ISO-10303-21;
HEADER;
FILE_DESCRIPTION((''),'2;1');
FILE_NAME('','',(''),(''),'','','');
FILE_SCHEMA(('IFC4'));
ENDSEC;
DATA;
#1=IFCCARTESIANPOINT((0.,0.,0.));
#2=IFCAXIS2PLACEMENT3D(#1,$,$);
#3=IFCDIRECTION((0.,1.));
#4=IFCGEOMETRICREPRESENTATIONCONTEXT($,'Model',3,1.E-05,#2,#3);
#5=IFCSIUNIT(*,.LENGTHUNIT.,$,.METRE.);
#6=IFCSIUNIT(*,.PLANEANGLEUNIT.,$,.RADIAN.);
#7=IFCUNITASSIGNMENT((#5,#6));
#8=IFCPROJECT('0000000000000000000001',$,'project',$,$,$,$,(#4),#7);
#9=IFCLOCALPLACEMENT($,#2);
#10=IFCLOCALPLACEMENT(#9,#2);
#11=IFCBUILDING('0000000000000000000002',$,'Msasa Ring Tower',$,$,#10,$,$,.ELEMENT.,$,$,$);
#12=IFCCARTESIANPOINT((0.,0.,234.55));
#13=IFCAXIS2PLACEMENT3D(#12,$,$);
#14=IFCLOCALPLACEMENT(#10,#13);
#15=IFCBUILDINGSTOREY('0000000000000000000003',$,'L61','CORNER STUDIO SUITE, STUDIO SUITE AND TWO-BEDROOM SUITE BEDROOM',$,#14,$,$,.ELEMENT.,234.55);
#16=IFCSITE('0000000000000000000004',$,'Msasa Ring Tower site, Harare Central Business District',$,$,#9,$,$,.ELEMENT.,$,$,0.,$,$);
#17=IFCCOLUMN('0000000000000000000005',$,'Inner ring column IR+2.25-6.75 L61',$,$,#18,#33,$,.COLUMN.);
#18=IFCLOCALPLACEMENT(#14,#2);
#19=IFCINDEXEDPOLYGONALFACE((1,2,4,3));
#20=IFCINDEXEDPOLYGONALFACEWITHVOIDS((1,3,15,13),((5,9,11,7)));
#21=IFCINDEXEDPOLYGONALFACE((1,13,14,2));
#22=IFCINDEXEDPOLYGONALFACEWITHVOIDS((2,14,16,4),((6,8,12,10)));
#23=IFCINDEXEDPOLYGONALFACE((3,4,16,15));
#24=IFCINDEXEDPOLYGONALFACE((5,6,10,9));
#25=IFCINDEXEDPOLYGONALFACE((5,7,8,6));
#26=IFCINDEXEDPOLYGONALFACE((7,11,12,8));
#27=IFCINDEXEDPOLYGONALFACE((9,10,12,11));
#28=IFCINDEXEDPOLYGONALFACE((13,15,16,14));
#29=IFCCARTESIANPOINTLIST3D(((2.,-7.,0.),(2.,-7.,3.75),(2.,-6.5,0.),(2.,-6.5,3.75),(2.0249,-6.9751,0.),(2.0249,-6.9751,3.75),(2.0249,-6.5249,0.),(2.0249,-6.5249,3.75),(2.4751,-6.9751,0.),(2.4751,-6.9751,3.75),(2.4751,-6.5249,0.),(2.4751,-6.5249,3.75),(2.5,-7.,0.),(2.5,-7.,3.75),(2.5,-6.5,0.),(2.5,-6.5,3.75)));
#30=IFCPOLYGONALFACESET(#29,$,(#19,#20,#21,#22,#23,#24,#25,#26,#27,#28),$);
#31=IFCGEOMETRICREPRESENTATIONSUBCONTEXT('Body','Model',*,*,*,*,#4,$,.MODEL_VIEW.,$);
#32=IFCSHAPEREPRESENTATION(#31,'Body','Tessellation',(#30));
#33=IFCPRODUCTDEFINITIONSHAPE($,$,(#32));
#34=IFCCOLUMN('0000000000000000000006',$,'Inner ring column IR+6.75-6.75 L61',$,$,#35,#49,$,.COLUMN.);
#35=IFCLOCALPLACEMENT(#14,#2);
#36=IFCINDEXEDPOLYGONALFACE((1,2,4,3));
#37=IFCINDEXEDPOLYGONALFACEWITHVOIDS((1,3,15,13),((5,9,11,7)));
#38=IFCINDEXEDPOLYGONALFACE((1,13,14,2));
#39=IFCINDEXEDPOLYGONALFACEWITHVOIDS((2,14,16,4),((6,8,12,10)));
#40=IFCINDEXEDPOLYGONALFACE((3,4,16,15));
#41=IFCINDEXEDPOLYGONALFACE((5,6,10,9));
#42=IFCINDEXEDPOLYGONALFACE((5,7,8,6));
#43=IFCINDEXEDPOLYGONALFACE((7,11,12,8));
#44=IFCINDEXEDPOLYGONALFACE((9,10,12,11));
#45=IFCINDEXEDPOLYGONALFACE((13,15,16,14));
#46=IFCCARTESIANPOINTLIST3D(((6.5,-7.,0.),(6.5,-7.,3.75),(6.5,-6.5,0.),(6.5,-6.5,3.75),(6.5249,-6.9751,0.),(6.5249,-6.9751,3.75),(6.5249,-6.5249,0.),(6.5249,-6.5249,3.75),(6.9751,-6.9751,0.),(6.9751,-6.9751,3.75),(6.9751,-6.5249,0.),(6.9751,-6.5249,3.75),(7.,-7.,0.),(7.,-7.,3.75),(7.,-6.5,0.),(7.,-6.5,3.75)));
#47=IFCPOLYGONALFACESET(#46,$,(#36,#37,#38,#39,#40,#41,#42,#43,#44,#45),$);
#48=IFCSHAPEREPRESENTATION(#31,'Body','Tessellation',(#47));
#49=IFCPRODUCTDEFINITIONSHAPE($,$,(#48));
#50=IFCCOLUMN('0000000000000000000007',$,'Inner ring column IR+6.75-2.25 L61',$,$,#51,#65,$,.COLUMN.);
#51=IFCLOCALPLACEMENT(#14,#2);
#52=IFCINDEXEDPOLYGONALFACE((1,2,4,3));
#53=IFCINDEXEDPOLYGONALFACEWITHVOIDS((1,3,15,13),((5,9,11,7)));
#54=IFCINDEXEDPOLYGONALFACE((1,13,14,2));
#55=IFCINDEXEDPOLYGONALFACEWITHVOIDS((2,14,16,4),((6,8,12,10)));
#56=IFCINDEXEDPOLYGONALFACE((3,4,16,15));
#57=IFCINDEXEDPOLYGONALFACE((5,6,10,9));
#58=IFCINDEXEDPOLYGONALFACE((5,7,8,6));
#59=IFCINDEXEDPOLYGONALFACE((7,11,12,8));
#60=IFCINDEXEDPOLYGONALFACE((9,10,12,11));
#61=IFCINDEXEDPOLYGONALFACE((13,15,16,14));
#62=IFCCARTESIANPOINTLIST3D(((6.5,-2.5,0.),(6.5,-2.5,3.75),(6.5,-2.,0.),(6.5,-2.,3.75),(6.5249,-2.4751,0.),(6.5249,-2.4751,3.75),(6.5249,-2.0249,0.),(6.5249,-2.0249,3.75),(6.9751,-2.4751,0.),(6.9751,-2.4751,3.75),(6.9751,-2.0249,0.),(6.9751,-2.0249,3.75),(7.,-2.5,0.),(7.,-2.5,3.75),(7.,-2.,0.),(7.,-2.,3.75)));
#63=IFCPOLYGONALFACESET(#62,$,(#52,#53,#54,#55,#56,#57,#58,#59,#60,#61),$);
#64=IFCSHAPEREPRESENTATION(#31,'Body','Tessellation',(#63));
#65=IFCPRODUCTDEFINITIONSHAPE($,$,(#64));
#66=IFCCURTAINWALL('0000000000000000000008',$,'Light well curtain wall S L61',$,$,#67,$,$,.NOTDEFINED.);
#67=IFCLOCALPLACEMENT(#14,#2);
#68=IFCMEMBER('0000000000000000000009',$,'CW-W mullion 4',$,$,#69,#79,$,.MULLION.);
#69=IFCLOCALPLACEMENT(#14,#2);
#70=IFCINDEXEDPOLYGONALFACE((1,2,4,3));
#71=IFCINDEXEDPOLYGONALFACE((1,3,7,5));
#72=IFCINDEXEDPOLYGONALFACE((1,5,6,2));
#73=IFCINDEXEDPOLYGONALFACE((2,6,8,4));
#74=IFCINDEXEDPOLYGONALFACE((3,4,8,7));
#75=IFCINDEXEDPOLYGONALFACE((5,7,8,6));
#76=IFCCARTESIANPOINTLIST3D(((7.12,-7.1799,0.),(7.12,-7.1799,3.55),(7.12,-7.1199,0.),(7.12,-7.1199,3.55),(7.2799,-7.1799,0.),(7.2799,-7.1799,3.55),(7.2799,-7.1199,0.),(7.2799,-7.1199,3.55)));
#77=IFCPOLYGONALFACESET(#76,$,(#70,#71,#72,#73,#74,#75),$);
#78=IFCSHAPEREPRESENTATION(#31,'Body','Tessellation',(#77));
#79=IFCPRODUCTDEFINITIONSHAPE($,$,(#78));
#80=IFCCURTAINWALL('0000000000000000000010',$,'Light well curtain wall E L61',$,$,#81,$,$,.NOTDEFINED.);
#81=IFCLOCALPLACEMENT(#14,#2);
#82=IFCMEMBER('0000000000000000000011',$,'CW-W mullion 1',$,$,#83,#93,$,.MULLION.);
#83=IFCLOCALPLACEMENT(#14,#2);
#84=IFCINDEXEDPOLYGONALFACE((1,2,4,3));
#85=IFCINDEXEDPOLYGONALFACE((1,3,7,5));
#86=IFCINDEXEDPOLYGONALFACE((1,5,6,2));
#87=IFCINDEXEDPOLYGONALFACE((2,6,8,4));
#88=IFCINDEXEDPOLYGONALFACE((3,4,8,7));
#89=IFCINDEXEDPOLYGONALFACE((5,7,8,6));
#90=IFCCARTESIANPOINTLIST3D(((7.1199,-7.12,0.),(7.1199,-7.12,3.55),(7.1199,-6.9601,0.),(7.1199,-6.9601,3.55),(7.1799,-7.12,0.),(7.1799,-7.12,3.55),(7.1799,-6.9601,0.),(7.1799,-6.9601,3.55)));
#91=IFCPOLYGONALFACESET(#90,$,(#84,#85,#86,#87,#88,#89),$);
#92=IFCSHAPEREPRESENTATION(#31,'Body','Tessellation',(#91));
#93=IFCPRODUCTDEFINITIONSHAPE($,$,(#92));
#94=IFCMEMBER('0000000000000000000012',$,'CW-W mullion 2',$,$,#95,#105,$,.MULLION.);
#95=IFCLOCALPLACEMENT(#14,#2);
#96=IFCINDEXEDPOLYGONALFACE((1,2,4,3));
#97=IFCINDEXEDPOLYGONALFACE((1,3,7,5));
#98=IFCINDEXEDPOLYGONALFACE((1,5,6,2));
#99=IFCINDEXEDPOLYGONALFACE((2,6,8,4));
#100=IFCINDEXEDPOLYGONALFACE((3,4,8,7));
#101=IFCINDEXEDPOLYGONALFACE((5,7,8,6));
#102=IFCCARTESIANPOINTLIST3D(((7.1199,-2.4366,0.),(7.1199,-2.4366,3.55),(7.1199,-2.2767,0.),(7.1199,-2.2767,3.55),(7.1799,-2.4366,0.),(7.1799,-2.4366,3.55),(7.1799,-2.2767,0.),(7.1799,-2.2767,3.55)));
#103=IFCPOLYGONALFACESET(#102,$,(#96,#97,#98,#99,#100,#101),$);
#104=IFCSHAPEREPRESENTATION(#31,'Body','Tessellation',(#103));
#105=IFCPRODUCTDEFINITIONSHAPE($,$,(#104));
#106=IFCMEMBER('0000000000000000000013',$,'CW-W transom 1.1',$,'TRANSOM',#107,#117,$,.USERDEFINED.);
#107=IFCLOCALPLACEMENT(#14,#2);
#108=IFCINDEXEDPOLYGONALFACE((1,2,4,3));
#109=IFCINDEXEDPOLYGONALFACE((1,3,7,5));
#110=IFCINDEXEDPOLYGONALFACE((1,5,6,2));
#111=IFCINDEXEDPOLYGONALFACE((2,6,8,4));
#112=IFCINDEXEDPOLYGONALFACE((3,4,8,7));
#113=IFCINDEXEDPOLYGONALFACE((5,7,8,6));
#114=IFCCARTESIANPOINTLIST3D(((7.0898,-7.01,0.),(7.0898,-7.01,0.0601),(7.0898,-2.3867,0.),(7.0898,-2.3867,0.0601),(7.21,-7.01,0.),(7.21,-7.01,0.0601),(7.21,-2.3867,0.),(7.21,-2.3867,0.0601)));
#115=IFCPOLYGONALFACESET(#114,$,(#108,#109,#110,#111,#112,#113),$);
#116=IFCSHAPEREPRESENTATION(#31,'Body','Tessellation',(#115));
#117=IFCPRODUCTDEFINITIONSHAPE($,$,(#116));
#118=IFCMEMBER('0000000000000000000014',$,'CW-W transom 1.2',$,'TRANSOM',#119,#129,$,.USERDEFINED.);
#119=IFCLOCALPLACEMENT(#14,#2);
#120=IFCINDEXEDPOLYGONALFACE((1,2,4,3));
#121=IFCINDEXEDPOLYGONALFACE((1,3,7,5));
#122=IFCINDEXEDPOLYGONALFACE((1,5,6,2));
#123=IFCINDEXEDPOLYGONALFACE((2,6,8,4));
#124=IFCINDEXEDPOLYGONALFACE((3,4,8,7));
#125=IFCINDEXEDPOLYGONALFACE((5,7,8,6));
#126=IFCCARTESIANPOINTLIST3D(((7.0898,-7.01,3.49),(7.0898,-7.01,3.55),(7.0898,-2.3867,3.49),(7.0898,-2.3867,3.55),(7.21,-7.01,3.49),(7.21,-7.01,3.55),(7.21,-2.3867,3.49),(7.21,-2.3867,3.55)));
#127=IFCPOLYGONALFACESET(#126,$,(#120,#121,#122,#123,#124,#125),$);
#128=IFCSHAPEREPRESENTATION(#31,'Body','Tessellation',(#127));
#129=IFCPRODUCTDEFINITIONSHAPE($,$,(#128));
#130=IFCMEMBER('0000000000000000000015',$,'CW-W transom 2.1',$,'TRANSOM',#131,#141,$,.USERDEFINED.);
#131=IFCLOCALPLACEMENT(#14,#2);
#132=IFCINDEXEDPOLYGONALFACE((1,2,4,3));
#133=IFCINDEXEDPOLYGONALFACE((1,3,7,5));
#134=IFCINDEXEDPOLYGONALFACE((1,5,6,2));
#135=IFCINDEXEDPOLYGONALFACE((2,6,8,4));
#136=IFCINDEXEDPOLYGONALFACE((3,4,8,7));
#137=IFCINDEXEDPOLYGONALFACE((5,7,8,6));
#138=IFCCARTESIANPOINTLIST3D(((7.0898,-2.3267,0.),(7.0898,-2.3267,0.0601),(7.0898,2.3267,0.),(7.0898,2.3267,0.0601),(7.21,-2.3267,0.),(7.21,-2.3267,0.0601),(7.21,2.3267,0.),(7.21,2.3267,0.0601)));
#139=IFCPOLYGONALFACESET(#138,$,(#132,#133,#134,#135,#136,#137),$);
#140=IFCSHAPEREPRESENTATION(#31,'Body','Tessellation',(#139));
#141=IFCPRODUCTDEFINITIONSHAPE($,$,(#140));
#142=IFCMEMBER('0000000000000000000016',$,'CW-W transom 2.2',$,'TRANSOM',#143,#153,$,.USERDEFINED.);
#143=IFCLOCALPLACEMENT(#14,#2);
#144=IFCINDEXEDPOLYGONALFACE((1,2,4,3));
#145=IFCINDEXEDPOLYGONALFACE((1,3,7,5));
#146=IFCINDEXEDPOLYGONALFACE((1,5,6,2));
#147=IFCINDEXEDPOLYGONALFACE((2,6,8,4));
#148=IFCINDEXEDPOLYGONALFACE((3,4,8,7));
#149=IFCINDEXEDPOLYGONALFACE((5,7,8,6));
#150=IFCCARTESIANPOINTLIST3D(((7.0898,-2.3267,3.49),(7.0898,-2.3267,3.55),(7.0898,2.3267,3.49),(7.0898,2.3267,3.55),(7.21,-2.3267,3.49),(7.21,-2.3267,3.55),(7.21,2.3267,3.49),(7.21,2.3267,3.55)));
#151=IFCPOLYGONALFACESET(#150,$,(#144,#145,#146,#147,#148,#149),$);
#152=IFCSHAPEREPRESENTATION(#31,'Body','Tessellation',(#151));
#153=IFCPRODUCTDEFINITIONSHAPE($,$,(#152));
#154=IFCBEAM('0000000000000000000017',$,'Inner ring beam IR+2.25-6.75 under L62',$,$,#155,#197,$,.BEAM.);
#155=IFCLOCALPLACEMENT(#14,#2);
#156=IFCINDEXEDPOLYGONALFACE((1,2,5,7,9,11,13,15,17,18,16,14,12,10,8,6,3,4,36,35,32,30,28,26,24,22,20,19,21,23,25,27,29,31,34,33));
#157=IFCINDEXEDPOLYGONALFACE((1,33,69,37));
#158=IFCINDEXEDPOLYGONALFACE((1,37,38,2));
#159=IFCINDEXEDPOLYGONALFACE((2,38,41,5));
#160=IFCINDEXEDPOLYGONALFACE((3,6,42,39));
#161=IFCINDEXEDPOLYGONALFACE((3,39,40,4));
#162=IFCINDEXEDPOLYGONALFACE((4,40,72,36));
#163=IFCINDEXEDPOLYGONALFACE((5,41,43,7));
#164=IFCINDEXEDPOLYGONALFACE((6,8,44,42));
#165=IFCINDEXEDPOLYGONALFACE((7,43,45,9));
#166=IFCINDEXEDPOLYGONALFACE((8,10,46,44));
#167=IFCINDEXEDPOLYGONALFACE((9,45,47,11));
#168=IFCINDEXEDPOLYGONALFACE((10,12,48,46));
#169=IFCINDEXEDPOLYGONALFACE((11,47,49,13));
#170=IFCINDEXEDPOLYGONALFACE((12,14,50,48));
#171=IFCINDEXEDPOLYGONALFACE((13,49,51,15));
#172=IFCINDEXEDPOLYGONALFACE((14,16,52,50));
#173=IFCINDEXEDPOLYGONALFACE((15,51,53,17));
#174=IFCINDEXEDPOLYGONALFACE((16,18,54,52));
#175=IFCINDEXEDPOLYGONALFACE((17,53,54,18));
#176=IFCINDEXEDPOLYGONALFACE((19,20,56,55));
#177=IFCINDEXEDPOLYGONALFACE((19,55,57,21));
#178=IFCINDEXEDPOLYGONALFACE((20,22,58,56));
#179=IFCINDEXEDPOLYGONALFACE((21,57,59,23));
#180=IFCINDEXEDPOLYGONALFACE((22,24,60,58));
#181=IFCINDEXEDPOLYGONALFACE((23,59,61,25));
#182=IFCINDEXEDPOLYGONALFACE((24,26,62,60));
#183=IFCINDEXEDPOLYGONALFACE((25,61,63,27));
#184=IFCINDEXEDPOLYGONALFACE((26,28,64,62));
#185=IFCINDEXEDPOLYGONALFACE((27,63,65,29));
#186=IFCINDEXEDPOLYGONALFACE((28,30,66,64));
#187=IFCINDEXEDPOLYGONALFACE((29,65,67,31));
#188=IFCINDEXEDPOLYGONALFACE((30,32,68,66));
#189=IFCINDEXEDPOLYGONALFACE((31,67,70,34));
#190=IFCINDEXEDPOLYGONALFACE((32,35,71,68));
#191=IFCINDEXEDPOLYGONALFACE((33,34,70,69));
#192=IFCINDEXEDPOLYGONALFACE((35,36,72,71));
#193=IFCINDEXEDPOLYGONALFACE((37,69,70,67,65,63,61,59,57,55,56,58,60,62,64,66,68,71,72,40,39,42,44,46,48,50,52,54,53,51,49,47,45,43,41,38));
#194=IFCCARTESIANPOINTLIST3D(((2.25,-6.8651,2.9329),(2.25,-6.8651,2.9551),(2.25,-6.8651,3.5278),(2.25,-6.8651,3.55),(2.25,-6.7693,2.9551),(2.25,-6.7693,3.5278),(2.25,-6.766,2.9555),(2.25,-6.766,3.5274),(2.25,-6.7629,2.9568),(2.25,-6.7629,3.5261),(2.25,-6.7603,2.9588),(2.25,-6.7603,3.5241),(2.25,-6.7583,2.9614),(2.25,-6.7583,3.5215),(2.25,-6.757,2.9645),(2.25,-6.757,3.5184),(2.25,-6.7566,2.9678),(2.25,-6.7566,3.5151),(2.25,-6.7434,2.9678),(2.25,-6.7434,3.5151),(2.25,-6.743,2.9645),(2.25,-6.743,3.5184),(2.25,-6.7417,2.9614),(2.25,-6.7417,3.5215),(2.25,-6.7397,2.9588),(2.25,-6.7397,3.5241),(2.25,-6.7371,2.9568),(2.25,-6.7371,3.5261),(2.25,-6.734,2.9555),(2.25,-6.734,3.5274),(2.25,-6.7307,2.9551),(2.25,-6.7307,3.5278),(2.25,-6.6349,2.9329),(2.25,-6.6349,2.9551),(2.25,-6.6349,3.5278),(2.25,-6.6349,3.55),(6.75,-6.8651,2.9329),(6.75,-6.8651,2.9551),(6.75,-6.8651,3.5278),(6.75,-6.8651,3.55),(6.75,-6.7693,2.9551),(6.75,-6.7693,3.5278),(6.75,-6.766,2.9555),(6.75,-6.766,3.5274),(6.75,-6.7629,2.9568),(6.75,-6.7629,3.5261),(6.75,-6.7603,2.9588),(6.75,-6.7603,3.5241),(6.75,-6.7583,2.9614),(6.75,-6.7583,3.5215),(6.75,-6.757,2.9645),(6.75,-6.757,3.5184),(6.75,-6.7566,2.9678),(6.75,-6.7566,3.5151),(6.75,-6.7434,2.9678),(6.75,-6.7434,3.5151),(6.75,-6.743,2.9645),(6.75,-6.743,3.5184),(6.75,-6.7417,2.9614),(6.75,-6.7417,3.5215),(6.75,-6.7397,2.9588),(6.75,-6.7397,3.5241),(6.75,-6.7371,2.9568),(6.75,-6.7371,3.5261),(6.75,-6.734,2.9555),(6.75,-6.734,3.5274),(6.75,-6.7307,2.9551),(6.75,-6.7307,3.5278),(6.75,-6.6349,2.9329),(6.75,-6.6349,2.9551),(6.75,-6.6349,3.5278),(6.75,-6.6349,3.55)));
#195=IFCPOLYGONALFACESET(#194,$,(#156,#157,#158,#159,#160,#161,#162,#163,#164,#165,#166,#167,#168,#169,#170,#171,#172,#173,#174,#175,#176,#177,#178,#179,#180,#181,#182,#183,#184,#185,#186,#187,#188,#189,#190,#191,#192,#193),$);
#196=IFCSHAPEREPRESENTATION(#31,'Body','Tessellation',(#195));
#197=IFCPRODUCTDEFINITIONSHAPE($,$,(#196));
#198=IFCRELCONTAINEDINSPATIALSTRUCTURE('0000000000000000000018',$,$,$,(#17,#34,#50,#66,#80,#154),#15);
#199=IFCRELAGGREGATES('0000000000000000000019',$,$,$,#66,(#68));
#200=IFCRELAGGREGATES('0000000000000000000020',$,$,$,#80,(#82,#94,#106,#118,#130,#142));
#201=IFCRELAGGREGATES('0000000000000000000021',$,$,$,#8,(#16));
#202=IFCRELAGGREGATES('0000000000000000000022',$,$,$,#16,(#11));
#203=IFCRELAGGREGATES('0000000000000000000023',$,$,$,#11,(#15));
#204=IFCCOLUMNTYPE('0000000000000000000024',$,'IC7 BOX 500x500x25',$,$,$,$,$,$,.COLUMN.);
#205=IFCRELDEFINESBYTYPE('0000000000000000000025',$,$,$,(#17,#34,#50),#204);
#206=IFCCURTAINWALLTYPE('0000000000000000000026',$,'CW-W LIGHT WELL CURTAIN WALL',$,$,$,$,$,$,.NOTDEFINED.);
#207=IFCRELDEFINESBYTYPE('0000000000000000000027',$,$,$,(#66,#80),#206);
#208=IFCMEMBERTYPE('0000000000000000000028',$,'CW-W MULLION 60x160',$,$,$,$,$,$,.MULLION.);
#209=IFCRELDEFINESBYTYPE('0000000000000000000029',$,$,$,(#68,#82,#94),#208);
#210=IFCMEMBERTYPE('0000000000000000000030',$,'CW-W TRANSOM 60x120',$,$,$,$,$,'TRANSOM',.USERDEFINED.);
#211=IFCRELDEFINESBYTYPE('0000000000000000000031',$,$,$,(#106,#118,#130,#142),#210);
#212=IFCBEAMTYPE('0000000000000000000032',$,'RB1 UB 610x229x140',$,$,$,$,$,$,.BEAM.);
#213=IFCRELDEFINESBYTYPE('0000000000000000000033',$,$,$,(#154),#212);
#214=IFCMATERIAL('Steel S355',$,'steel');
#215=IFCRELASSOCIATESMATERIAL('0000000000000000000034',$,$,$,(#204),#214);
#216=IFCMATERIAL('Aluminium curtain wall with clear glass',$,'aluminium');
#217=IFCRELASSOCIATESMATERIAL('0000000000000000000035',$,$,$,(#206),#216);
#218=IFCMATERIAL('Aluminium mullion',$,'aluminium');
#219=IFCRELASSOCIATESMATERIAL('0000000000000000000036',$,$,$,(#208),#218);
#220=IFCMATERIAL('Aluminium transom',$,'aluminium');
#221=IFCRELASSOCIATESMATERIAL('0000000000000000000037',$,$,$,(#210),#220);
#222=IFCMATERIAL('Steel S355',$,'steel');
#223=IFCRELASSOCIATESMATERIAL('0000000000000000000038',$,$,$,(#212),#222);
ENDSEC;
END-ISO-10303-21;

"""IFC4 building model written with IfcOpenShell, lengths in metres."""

from ifc_helpers import new_model, si_unit, direction, frame, origin, origin_2d, place, context, subcontext, project, spatial, rectangle, hollow_rectangle, i_section, extrude, material, material_profile, profile_set, type_object, element, aggregate, save


model = new_model("IFC4")

# Units and contexts
model_context = context("Model", 3, precision=1e-05, world=origin(), true_north=direction((0.0, 1.0)))
body_context = subcontext(model_context, "Body", "Model", "MODEL_VIEW")
ifc_project = project(units=[si_unit("LENGTHUNIT", "METRE"), si_unit("PLANEANGLEUNIT", "RADIAN")], contexts=[model_context])

# Site, building, storey
site_placement = place(None, origin())
site = spatial("IfcSite", under=ifc_project, at=site_placement, Name="Msasa Ring Tower site, Harare Central Business District", CompositionType="ELEMENT", RefElevation=0.0)
building_placement = place(site_placement, origin())
building = spatial("IfcBuilding", under=site, at=building_placement, Name="Msasa Ring Tower", CompositionType="ELEMENT")
storey_placement = place(building_placement, frame((0.0, 0.0, 234.55)))
storey = spatial("IfcBuildingStorey", under=building, at=storey_placement, Name="L61", Description="CORNER STUDIO SUITE, STUDIO SUITE AND TWO-BEDROOM SUITE BEDROOM", CompositionType="ELEMENT", Elevation=234.55)

# Columns
ifc_material_1 = material(Name="Steel S355", Category="steel")
ifc_material_profile_1 = material_profile(ifc_material_1, hollow_rectangle(XDim=0.5, YDim=0.5, WallThickness=0.0249, at=origin_2d()), Name="BOX 500x500x25")
ifc_profile_set_1 = profile_set([ifc_material_profile_1], Name="Steel S355")
column_type = type_object("IfcColumnType", Name="IC7 BOX 500x500x25", PredefinedType="COLUMN", material=ifc_profile_set_1)
for number, where, z_axis, x_axis, name in (
    (1, (2.25, -6.75, 0.0), (0.0, 0.0, 1.0), (1.0, 0.0, 0.0), "Inner ring column IR+2.25-6.75 L61"),
    (2, (6.75, -6.75, 0.0), (0.0, 0.0, 1.0), (1.0, 0.0, 0.0), "Inner ring column IR+6.75-6.75 L61"),
    (3, (6.75, -2.25, 0.0), (0.0, 0.0, 1.0), (1.0, 0.0, 0.0), "Inner ring column IR+6.75-2.25 L61"),
):
    element("IfcColumn", number, at=place(storey_placement, frame(where, z_axis=z_axis, x_axis=x_axis)), inside=storey, type_object=column_type, Name=name, PredefinedType="COLUMN", context=body_context, shape_type="SweptSolid", body=[
        extrude(hollow_rectangle(XDim=0.5, YDim=0.5, WallThickness=0.0249, at=origin_2d()), origin(), (0.0, 0.0, 1.0), 3.75),
    ])

# Curtain wall, member
ifc_material_2 = material(Name="Aluminium curtain wall with clear glass", Category="aluminium")
curtain_wall_type = type_object("IfcCurtainWallType", Name="CW-W LIGHT WELL CURTAIN WALL", PredefinedType="NOTDEFINED", material=ifc_material_2)
curtain_wall_1_placement = place(storey_placement, origin())
curtain_wall_1 = element("IfcCurtainWall", 4, at=curtain_wall_1_placement, inside=storey, type_object=curtain_wall_type, Name="Light well curtain wall S L61", PredefinedType="NOTDEFINED")
ifc_material_3 = material(Name="Aluminium mullion", Category="aluminium")
ifc_material_profile_2 = material_profile(ifc_material_3, rectangle(XDim=0.0601, YDim=0.1599, at=origin_2d()), Name="AL 60x160")
ifc_profile_set_2 = profile_set([ifc_material_profile_2], Name="Aluminium mullion")
member_type_1 = type_object("IfcMemberType", Name="CW-W MULLION 60x160", PredefinedType="MULLION", material=ifc_profile_set_2)
member_1_placement = place(storey_placement, frame((7.2, -7.1499, 0.0), z_axis=(0.0, 0.0, 1.0), x_axis=(0.0, 1.0, 0.0)))
member_1 = element("IfcMember", 5, at=member_1_placement, type_object=member_type_1, Name="CW-W mullion 4", PredefinedType="MULLION", context=body_context, shape_type="SweptSolid", body=[
    extrude(rectangle(XDim=0.0601, YDim=0.1599, at=origin_2d()), origin(), (0.0, 0.0, 1.0), 3.55),
])
aggregate(curtain_wall_1, [member_1])

# Curtain wall, members
curtain_wall_2_placement = place(storey_placement, origin())
curtain_wall_2 = element("IfcCurtainWall", 6, at=curtain_wall_2_placement, inside=storey, type_object=curtain_wall_type, Name="Light well curtain wall E L61", PredefinedType="NOTDEFINED")
member_2_placement = place(storey_placement, frame((7.1499, -7.04, 0.0), z_axis=(0.0, 0.0, 1.0), x_axis=(-1.0, 0.0, 0.0)))
member_2 = element("IfcMember", 7, at=member_2_placement, type_object=member_type_1, Name="CW-W mullion 1", PredefinedType="MULLION", context=body_context, shape_type="SweptSolid", body=[
    extrude(rectangle(XDim=0.0601, YDim=0.1599, at=origin_2d()), origin(), (0.0, 0.0, 1.0), 3.55),
])
member_3_placement = place(storey_placement, frame((7.1499, -2.3567, 0.0), z_axis=(0.0, 0.0, 1.0), x_axis=(-1.0, 0.0, 0.0)))
member_3 = element("IfcMember", 8, at=member_3_placement, type_object=member_type_1, Name="CW-W mullion 2", PredefinedType="MULLION", context=body_context, shape_type="SweptSolid", body=[
    extrude(rectangle(XDim=0.0601, YDim=0.1599, at=origin_2d()), origin(), (0.0, 0.0, 1.0), 3.55),
])
ifc_material_4 = material(Name="Aluminium transom", Category="aluminium")
ifc_material_profile_3 = material_profile(ifc_material_4, rectangle(XDim=0.1201, YDim=0.0601, at=origin_2d()), Name="AL 60x120")
ifc_profile_set_3 = profile_set([ifc_material_profile_3], Name="Aluminium transom")
member_type_2 = type_object("IfcMemberType", Name="CW-W TRANSOM 60x120", ElementType="TRANSOM", PredefinedType="USERDEFINED", material=ifc_profile_set_3)
member_4_placement = place(storey_placement, frame((7.1499, -7.01, 0.03), z_axis=(0.0, 1.0, 0.0), x_axis=(-1.0, 0.0, 0.0)))
member_4 = element("IfcMember", 9, at=member_4_placement, type_object=member_type_2, Name="CW-W transom 1.1", ObjectType="TRANSOM", PredefinedType="USERDEFINED", context=body_context, shape_type="SweptSolid", body=[
    extrude(rectangle(XDim=0.1201, YDim=0.0601, at=origin_2d()), origin(), (0.0, 0.0, 1.0), 4.6233),
])
member_5_placement = place(storey_placement, frame((7.1499, -7.01, 3.52), z_axis=(0.0, 1.0, 0.0), x_axis=(-1.0, 0.0, 0.0)))
member_5 = element("IfcMember", 10, at=member_5_placement, type_object=member_type_2, Name="CW-W transom 1.2", ObjectType="TRANSOM", PredefinedType="USERDEFINED", context=body_context, shape_type="SweptSolid", body=[
    extrude(rectangle(XDim=0.1201, YDim=0.0601, at=origin_2d()), origin(), (0.0, 0.0, 1.0), 4.6233),
])
member_6_placement = place(storey_placement, frame((7.1499, -2.3267, 0.03), z_axis=(0.0, 1.0, 0.0), x_axis=(-1.0, 0.0, 0.0)))
member_6 = element("IfcMember", 11, at=member_6_placement, type_object=member_type_2, Name="CW-W transom 2.1", ObjectType="TRANSOM", PredefinedType="USERDEFINED", context=body_context, shape_type="SweptSolid", body=[
    extrude(rectangle(XDim=0.1201, YDim=0.0601, at=origin_2d()), origin(), (0.0, 0.0, 1.0), 4.6533),
])
member_7_placement = place(storey_placement, frame((7.1499, -2.3267, 3.52), z_axis=(0.0, 1.0, 0.0), x_axis=(-1.0, 0.0, 0.0)))
member_7 = element("IfcMember", 12, at=member_7_placement, type_object=member_type_2, Name="CW-W transom 2.2", ObjectType="TRANSOM", PredefinedType="USERDEFINED", context=body_context, shape_type="SweptSolid", body=[
    extrude(rectangle(XDim=0.1201, YDim=0.0601, at=origin_2d()), origin(), (0.0, 0.0, 1.0), 4.6533),
])

# Beam
ifc_material_5 = material(Name="Steel S355", Category="steel")
ifc_material_profile_4 = material_profile(ifc_material_5, i_section(OverallWidth=0.2302, OverallDepth=0.6172, WebThickness=0.0132, FlangeThickness=0.0222, FilletRadius=0.0127, at=origin_2d()), Name="UB 610x229x140")
ifc_profile_set_4 = profile_set([ifc_material_profile_4], Name="Steel S355")
beam_type = type_object("IfcBeamType", Name="RB1 UB 610x229x140", PredefinedType="BEAM", material=ifc_profile_set_4)
for number, where, z_axis, x_axis, name in (
    (13, (2.25, -6.75, 3.2415), (1.0, 0.0, 0.0), (0.0, 1.0, 0.0), "Inner ring beam IR+2.25-6.75 under L62"),
):
    element("IfcBeam", number, at=place(storey_placement, frame(where, z_axis=z_axis, x_axis=x_axis)), inside=storey, type_object=beam_type, Name=name, PredefinedType="BEAM", context=body_context, shape_type="SweptSolid", body=[
        extrude(i_section(OverallWidth=0.2302, OverallDepth=0.6172, WebThickness=0.0132, FlangeThickness=0.0222, FilletRadius=0.0127, at=origin_2d()), origin(), (0.0, 0.0, 1.0), 4.5),
    ])

aggregate(curtain_wall_2, [member_2, member_3, member_4, member_5, member_6, member_7])

save(model, "model.ifc")
